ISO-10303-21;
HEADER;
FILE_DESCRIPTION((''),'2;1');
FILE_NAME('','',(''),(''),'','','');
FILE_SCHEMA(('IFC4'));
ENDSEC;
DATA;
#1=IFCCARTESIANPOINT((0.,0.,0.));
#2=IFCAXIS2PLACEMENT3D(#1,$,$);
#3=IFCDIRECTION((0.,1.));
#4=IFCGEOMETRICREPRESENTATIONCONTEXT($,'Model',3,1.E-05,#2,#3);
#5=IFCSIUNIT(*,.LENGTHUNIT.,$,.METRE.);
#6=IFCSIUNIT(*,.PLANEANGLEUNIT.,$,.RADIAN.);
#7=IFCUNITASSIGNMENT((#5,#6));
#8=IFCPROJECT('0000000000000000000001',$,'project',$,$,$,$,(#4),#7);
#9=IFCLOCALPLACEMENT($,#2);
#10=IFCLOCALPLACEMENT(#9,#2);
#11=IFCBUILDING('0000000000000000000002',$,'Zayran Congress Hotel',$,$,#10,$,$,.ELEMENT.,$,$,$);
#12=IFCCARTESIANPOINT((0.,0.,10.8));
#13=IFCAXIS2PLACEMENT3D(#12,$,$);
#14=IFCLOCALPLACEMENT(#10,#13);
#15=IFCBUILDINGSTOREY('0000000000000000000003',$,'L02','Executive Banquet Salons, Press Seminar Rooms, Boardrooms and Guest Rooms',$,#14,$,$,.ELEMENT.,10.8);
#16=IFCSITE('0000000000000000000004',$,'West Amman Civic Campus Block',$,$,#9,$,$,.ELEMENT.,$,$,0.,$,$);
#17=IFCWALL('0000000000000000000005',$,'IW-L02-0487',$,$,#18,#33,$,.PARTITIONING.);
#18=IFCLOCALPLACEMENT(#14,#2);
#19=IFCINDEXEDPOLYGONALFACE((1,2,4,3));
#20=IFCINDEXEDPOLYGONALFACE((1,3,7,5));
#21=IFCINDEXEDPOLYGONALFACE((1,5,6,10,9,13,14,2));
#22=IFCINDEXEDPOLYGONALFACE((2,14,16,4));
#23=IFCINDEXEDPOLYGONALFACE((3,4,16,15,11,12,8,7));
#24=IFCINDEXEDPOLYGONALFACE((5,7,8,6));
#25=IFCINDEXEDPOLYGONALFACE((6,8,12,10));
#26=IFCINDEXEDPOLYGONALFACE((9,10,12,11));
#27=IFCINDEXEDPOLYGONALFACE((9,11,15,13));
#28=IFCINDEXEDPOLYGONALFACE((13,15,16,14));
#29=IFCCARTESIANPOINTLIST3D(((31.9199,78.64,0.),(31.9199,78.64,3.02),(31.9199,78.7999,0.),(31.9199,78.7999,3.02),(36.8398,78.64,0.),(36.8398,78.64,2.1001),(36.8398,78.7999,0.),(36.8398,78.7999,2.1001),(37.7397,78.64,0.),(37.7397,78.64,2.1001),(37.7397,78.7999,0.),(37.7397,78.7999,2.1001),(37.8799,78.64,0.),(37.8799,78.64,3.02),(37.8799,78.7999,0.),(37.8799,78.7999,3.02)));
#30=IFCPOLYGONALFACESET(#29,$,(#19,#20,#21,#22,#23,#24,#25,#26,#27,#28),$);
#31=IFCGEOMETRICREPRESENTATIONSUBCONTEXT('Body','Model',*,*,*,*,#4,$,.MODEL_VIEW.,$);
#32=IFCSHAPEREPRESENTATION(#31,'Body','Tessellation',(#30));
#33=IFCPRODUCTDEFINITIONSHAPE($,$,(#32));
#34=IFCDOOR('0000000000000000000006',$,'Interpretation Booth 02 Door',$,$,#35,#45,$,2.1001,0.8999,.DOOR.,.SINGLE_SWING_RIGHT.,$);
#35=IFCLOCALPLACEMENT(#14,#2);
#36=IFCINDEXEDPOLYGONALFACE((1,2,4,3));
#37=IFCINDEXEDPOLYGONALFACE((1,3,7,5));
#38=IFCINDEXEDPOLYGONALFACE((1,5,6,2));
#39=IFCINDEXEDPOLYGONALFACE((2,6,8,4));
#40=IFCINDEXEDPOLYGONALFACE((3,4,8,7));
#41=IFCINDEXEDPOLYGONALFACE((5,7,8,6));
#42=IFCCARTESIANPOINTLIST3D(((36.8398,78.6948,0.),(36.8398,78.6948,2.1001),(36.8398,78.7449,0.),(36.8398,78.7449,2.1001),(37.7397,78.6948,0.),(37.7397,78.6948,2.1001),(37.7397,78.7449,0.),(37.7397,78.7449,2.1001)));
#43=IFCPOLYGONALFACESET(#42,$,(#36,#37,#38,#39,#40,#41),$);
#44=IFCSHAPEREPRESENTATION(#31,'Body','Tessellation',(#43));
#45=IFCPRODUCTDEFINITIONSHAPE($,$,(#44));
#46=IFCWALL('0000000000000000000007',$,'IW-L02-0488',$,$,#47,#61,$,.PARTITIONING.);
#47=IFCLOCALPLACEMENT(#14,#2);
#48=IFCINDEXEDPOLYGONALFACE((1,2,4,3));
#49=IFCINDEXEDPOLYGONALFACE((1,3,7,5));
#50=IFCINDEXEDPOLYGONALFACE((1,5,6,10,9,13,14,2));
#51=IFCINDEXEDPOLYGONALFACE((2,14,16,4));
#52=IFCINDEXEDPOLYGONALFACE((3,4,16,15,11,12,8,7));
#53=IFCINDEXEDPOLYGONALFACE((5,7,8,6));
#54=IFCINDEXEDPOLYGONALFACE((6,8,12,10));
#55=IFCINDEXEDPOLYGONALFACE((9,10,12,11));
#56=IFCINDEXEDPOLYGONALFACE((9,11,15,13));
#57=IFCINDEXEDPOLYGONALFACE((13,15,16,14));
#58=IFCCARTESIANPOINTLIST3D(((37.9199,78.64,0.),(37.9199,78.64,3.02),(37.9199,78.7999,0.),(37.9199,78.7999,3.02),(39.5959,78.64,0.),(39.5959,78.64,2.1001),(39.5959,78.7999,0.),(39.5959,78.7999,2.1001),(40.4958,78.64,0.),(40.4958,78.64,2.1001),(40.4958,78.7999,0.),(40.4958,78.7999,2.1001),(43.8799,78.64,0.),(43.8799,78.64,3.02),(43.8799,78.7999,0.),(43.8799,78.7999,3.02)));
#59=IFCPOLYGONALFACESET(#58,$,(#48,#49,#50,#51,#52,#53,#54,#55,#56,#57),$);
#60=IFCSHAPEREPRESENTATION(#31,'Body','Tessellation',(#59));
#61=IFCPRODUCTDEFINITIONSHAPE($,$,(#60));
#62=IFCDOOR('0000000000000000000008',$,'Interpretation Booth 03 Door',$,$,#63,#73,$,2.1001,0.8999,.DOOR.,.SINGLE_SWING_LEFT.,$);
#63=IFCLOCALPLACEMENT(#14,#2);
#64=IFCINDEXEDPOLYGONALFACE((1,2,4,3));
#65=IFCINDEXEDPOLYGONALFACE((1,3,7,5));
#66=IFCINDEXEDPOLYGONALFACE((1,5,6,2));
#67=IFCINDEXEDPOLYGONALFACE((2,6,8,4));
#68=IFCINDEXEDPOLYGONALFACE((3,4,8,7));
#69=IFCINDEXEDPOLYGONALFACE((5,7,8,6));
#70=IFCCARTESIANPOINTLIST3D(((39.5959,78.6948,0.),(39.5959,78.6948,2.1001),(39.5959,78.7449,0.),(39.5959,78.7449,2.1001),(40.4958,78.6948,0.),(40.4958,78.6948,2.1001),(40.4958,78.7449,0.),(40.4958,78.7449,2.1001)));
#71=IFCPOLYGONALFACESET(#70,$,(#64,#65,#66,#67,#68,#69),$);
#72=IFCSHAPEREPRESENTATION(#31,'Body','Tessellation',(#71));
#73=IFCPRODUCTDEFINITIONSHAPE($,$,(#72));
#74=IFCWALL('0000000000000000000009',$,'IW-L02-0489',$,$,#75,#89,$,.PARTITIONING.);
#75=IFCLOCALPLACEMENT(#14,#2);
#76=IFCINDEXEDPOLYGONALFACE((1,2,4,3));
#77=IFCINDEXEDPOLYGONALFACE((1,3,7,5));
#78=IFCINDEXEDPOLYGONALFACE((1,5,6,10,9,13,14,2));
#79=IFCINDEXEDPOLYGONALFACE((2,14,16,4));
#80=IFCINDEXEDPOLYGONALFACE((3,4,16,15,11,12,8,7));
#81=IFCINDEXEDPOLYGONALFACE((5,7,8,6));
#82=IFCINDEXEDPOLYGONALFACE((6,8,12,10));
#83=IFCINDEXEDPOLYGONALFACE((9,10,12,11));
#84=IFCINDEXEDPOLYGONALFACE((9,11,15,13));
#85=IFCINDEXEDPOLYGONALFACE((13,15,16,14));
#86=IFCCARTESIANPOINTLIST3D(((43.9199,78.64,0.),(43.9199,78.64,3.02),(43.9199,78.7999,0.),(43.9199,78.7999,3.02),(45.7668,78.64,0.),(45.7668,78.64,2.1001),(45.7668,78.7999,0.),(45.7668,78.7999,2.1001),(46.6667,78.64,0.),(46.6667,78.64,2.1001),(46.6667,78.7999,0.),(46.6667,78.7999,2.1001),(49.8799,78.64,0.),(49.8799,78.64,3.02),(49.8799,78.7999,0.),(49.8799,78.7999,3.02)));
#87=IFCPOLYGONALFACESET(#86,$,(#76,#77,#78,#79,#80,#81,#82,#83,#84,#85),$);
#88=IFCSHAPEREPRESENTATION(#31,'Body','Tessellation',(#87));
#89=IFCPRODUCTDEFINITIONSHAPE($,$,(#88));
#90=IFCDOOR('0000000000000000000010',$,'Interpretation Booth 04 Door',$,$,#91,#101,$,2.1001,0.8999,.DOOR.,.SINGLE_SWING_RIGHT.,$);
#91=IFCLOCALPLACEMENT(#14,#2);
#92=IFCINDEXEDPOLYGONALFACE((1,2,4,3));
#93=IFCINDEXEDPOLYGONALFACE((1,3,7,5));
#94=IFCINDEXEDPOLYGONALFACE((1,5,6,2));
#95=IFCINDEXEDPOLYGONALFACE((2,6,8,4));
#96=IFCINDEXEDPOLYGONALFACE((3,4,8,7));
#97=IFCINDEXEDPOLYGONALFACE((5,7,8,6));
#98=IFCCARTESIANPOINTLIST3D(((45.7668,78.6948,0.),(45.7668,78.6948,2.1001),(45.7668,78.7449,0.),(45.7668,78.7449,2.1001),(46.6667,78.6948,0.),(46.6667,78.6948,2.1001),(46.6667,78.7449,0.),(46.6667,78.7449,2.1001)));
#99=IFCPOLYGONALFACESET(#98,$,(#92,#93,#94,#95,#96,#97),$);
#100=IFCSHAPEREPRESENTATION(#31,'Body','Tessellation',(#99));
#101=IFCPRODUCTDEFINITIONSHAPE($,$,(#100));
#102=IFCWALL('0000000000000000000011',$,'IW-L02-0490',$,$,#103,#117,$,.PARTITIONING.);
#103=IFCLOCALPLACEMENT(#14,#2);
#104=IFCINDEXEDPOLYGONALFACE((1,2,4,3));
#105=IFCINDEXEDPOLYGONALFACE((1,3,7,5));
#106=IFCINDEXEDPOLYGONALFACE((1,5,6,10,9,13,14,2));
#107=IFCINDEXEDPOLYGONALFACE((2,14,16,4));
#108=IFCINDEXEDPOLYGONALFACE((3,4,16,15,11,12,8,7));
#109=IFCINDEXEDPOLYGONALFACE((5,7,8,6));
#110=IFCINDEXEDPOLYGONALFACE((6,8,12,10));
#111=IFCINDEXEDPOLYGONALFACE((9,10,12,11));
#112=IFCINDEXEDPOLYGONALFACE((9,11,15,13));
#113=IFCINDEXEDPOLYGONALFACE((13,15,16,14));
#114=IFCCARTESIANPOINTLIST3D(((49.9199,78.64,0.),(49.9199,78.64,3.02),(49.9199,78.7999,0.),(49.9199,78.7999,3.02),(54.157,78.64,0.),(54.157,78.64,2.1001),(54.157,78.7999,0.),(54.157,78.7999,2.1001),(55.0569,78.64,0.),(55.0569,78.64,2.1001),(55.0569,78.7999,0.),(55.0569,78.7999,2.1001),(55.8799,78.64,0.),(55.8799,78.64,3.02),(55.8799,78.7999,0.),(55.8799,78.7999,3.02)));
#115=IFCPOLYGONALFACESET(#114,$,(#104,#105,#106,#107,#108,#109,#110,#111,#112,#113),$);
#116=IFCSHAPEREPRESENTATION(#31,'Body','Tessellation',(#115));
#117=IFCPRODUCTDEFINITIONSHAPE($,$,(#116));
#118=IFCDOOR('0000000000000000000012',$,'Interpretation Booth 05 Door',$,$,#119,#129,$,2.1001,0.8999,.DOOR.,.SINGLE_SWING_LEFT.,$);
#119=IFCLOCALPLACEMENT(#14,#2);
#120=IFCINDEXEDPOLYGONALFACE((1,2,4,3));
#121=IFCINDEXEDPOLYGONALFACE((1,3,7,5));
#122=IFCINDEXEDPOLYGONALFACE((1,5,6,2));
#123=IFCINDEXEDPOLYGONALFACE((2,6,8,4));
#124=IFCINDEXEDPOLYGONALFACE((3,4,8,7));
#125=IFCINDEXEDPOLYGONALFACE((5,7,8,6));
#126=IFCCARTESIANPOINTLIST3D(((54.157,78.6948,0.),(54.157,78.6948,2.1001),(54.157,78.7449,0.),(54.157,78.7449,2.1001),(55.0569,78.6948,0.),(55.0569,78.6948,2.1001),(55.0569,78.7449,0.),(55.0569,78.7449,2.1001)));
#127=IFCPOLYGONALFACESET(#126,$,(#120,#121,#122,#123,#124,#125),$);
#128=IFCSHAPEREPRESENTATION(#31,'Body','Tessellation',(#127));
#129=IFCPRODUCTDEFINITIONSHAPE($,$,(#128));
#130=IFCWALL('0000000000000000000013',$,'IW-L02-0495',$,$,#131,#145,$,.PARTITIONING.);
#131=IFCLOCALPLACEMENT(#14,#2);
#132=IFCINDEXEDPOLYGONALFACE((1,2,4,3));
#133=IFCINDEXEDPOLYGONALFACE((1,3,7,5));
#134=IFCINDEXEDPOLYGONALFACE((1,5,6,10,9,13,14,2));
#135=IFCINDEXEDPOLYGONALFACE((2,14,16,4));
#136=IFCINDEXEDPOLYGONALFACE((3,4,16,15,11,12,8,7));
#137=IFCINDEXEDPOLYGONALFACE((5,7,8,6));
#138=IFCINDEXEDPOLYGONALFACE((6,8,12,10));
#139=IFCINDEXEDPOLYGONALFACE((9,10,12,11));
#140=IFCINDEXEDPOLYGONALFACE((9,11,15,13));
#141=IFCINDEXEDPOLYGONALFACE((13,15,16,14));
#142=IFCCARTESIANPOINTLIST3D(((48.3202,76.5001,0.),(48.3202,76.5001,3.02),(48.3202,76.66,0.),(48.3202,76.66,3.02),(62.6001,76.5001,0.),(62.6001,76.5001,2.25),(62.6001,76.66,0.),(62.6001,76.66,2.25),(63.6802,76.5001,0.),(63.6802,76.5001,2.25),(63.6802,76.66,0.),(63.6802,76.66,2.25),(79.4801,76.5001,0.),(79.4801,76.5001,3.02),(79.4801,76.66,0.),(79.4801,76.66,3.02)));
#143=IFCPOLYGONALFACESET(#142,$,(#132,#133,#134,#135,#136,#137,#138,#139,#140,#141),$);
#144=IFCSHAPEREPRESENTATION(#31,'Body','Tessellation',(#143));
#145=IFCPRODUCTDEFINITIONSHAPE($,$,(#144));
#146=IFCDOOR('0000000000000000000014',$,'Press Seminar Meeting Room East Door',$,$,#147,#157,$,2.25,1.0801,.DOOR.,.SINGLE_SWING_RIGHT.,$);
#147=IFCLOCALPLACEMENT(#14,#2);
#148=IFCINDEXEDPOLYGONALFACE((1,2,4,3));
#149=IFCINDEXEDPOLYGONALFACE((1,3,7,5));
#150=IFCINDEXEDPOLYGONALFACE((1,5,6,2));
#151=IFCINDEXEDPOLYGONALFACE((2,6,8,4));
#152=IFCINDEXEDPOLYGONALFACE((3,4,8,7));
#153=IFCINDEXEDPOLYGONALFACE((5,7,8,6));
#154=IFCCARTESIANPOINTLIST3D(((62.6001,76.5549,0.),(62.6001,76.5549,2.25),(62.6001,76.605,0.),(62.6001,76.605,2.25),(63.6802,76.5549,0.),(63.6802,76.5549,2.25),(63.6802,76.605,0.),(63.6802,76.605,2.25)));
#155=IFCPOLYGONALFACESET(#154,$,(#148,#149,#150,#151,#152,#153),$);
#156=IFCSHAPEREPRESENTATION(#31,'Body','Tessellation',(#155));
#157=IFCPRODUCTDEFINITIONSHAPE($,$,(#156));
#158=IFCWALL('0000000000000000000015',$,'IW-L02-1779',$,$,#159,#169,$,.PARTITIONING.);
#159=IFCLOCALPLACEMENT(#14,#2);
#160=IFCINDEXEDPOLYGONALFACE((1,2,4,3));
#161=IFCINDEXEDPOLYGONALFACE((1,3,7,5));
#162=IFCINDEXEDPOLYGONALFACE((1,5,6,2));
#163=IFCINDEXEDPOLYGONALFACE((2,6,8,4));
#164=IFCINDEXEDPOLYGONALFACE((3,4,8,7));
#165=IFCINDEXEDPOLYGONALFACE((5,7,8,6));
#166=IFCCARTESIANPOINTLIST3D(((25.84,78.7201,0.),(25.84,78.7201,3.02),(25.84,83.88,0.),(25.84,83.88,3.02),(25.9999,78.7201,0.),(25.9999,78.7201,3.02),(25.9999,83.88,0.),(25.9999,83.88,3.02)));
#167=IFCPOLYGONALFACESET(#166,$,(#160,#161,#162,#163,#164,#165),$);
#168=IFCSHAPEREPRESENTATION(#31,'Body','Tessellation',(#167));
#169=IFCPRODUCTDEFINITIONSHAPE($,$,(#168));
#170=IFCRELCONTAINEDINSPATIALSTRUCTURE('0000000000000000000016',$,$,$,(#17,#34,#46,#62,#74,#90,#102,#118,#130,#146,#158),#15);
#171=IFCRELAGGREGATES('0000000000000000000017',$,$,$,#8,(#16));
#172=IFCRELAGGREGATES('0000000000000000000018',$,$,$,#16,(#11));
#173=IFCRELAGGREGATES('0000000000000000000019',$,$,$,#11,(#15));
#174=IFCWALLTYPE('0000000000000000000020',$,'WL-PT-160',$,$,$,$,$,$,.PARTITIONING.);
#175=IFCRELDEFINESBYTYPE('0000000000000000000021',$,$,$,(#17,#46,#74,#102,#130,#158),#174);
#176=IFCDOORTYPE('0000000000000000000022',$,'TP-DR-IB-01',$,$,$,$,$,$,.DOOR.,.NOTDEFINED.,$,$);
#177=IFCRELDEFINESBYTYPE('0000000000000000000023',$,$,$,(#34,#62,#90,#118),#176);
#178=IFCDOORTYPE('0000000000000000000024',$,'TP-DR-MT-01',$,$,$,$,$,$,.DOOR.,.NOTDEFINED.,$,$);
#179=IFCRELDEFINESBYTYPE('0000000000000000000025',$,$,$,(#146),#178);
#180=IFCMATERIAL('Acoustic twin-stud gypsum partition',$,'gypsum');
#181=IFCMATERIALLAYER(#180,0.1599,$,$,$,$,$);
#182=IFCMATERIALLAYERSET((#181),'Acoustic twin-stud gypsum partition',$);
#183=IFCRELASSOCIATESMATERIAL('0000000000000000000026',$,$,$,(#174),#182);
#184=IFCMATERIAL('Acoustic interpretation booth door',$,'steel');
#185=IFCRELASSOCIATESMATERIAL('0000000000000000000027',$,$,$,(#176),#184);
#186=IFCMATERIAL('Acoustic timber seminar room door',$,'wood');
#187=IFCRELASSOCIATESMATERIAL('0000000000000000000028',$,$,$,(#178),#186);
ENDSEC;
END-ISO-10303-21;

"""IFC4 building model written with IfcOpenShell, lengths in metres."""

from ifc_helpers import new_model, si_unit, direction, frame, frame_2d, origin, place, context, subcontext, project, spatial, rectangle, extrude, material, layer, layer_set, type_object, element, fill, save


model = new_model("IFC4")

# Units and contexts
model_context = context("Model", 3, precision=1e-05, world=origin(), true_north=direction((0.0, 1.0)))
body_context = subcontext(model_context, "Body", "Model", "MODEL_VIEW")
ifc_project = project(units=[si_unit("LENGTHUNIT", "METRE"), si_unit("PLANEANGLEUNIT", "RADIAN")], contexts=[model_context])

# Site, building, storey
site_placement = place(None, origin())
site = spatial("IfcSite", under=ifc_project, at=site_placement, Name="West Amman Civic Campus Block", CompositionType="ELEMENT", RefElevation=0.0)
building_placement = place(site_placement, origin())
building = spatial("IfcBuilding", under=site, at=building_placement, Name="Zayran Congress Hotel", CompositionType="ELEMENT")
storey_placement = place(building_placement, frame((0.0, 0.0, 10.8)))
storey = spatial("IfcBuildingStorey", under=building, at=storey_placement, Name="L02", Description="Executive Banquet Salons, Press Seminar Rooms, Boardrooms and Guest Rooms", CompositionType="ELEMENT", Elevation=10.8)

# Walls, openings, doors
ifc_material_1 = material(Name="Acoustic twin-stud gypsum partition", Category="gypsum")
ifc_layer = layer(ifc_material_1, 0.1599)
ifc_layer_set = layer_set([ifc_layer], Name="Acoustic twin-stud gypsum partition")
wall_type = type_object("IfcWallType", Name="WL-PT-160", PredefinedType="PARTITIONING", material=ifc_layer_set)
ifc_material_2 = material(Name="Acoustic interpretation booth door", Category="steel")
door_type_1 = type_object("IfcDoorType", Name="TP-DR-IB-01", OperationType="NOTDEFINED", PredefinedType="DOOR", material=ifc_material_2)
wall_1_placement = place(storey_placement, frame((31.9199, 78.72, 0.0), z_axis=(0.0, 0.0, 1.0), x_axis=(1.0, 0.0, 0.0)))
wall_1 = element("IfcWall", 1, at=wall_1_placement, inside=storey, type_object=wall_type, Name="IW-L02-0487", PredefinedType="PARTITIONING", context=body_context, shape_type="SweptSolid", body=[
    extrude(rectangle(XDim=5.96, YDim=0.1599, at=frame_2d((2.98, 0.0))), origin(), (0.0, 0.0, 1.0), 3.02),
])
opening_1_placement = place(wall_1_placement, frame((4.9199, 0.0, 0.0)))
opening_1 = element("IfcOpeningElement", 2, at=opening_1_placement, cuts=wall_1, PredefinedType="OPENING", context=body_context, shape_type="SweptSolid", body=[
    extrude(rectangle(XDim=0.8999, YDim=2.1001, at=frame_2d((0.45, 1.05))), frame((0.0, 0.0898, 0.0), z_axis=(0.0, -1.0, 0.0), x_axis=(1.0, 0.0, 0.0)), (0.0, 0.0, 1.0), 0.1799),
])
door_1_placement = place(opening_1_placement, origin())
door_1 = element("IfcDoor", 3, at=door_1_placement, inside=storey, type_object=door_type_1, Name="Interpretation Booth 02 Door", OperationType="SINGLE_SWING_RIGHT", OverallHeight=2.1001, OverallWidth=0.8999, PredefinedType="DOOR", context=body_context, shape_type="SweptSolid", body=[
    extrude(rectangle(XDim=0.8999, YDim=2.1001, at=frame_2d((0.45, 1.05))), frame((0.0, 0.0249, 0.0), z_axis=(0.0, -1.0, 0.0), x_axis=(1.0, 0.0, 0.0)), (0.0, 0.0, 1.0), 0.05),
])
fill(opening_1, door_1)
wall_2_placement = place(storey_placement, frame((37.9199, 78.72, 0.0), z_axis=(0.0, 0.0, 1.0), x_axis=(1.0, 0.0, 0.0)))
wall_2 = element("IfcWall", 4, at=wall_2_placement, inside=storey, type_object=wall_type, Name="IW-L02-0488", PredefinedType="PARTITIONING", context=body_context, shape_type="SweptSolid", body=[
    extrude(rectangle(XDim=5.96, YDim=0.1599, at=frame_2d((2.98, 0.0))), origin(), (0.0, 0.0, 1.0), 3.02),
])
opening_2_placement = place(wall_2_placement, frame((1.676, 0.0, 0.0)))
opening_2 = element("IfcOpeningElement", 5, at=opening_2_placement, cuts=wall_2, PredefinedType="OPENING", context=body_context, shape_type="SweptSolid", body=[
    extrude(rectangle(XDim=0.8999, YDim=2.1001, at=frame_2d((0.45, 1.05))), frame((0.0, 0.0898, 0.0), z_axis=(0.0, -1.0, 0.0), x_axis=(1.0, 0.0, 0.0)), (0.0, 0.0, 1.0), 0.1799),
])
door_2_placement = place(opening_2_placement, origin())
door_2 = element("IfcDoor", 6, at=door_2_placement, inside=storey, type_object=door_type_1, Name="Interpretation Booth 03 Door", OperationType="SINGLE_SWING_LEFT", OverallHeight=2.1001, OverallWidth=0.8999, PredefinedType="DOOR", context=body_context, shape_type="SweptSolid", body=[
    extrude(rectangle(XDim=0.8999, YDim=2.1001, at=frame_2d((0.45, 1.05))), frame((0.0, 0.0249, 0.0), z_axis=(0.0, -1.0, 0.0), x_axis=(1.0, 0.0, 0.0)), (0.0, 0.0, 1.0), 0.05),
])
fill(opening_2, door_2)
wall_3_placement = place(storey_placement, frame((43.9199, 78.72, 0.0), z_axis=(0.0, 0.0, 1.0), x_axis=(1.0, 0.0, 0.0)))
wall_3 = element("IfcWall", 7, at=wall_3_placement, inside=storey, type_object=wall_type, Name="IW-L02-0489", PredefinedType="PARTITIONING", context=body_context, shape_type="SweptSolid", body=[
    extrude(rectangle(XDim=5.96, YDim=0.1599, at=frame_2d((2.98, 0.0))), origin(), (0.0, 0.0, 1.0), 3.02),
])
opening_3_placement = place(wall_3_placement, frame((1.8469, 0.0, 0.0)))
opening_3 = element("IfcOpeningElement", 8, at=opening_3_placement, cuts=wall_3, PredefinedType="OPENING", context=body_context, shape_type="SweptSolid", body=[
    extrude(rectangle(XDim=0.8999, YDim=2.1001, at=frame_2d((0.45, 1.05))), frame((0.0, 0.0898, 0.0), z_axis=(0.0, -1.0, 0.0), x_axis=(1.0, 0.0, 0.0)), (0.0, 0.0, 1.0), 0.1799),
])
door_3_placement = place(opening_3_placement, origin())
door_3 = element("IfcDoor", 9, at=door_3_placement, inside=storey, type_object=door_type_1, Name="Interpretation Booth 04 Door", OperationType="SINGLE_SWING_RIGHT", OverallHeight=2.1001, OverallWidth=0.8999, PredefinedType="DOOR", context=body_context, shape_type="SweptSolid", body=[
    extrude(rectangle(XDim=0.8999, YDim=2.1001, at=frame_2d((0.45, 1.05))), frame((0.0, 0.0249, 0.0), z_axis=(0.0, -1.0, 0.0), x_axis=(1.0, 0.0, 0.0)), (0.0, 0.0, 1.0), 0.05),
])
fill(opening_3, door_3)
wall_4_placement = place(storey_placement, frame((49.9199, 78.72, 0.0), z_axis=(0.0, 0.0, 1.0), x_axis=(1.0, 0.0, 0.0)))
wall_4 = element("IfcWall", 10, at=wall_4_placement, inside=storey, type_object=wall_type, Name="IW-L02-0490", PredefinedType="PARTITIONING", context=body_context, shape_type="SweptSolid", body=[
    extrude(rectangle(XDim=5.96, YDim=0.1599, at=frame_2d((2.98, 0.0))), origin(), (0.0, 0.0, 1.0), 3.02),
])
opening_4_placement = place(wall_4_placement, frame((4.2371, 0.0, 0.0)))
opening_4 = element("IfcOpeningElement", 11, at=opening_4_placement, cuts=wall_4, PredefinedType="OPENING", context=body_context, shape_type="SweptSolid", body=[
    extrude(rectangle(XDim=0.8999, YDim=2.1001, at=frame_2d((0.45, 1.05))), frame((0.0, 0.0898, 0.0), z_axis=(0.0, -1.0, 0.0), x_axis=(1.0, 0.0, 0.0)), (0.0, 0.0, 1.0), 0.1799),
])
door_4_placement = place(opening_4_placement, origin())
door_4 = element("IfcDoor", 12, at=door_4_placement, inside=storey, type_object=door_type_1, Name="Interpretation Booth 05 Door", OperationType="SINGLE_SWING_LEFT", OverallHeight=2.1001, OverallWidth=0.8999, PredefinedType="DOOR", context=body_context, shape_type="SweptSolid", body=[
    extrude(rectangle(XDim=0.8999, YDim=2.1001, at=frame_2d((0.45, 1.05))), frame((0.0, 0.0249, 0.0), z_axis=(0.0, -1.0, 0.0), x_axis=(1.0, 0.0, 0.0)), (0.0, 0.0, 1.0), 0.05),
])
fill(opening_4, door_4)
wall_5_placement = place(storey_placement, frame((48.3201, 76.5801, 0.0), z_axis=(0.0, 0.0, 1.0), x_axis=(1.0, 0.0, 0.0)))
wall_5 = element("IfcWall", 13, at=wall_5_placement, inside=storey, type_object=wall_type, Name="IW-L02-0495", PredefinedType="PARTITIONING", context=body_context, shape_type="SweptSolid", body=[
    extrude(rectangle(XDim=31.1599, YDim=0.1599, at=frame_2d((15.5801, 0.0))), origin(), (0.0, 0.0, 1.0), 3.02),
])
opening_5_placement = place(wall_5_placement, frame((14.28, 0.0, 0.0)))
opening_5 = element("IfcOpeningElement", 14, at=opening_5_placement, cuts=wall_5, PredefinedType="OPENING", context=body_context, shape_type="SweptSolid", body=[
    extrude(rectangle(XDim=1.0801, YDim=2.25, at=frame_2d((0.54, 1.125))), frame((0.0, 0.0898, 0.0), z_axis=(0.0, -1.0, 0.0), x_axis=(1.0, 0.0, 0.0)), (0.0, 0.0, 1.0), 0.1799),
])
ifc_material_3 = material(Name="Acoustic timber seminar room door", Category="wood")
door_type_2 = type_object("IfcDoorType", Name="TP-DR-MT-01", OperationType="NOTDEFINED", PredefinedType="DOOR", material=ifc_material_3)
door_5_placement = place(opening_5_placement, origin())
door_5 = element("IfcDoor", 15, at=door_5_placement, inside=storey, type_object=door_type_2, Name="Press Seminar Meeting Room East Door", OperationType="SINGLE_SWING_RIGHT", OverallHeight=2.25, OverallWidth=1.0801, PredefinedType="DOOR", context=body_context, shape_type="SweptSolid", body=[
    extrude(rectangle(XDim=1.0801, YDim=2.25, at=frame_2d((0.54, 1.125))), frame((0.0, 0.0249, 0.0), z_axis=(0.0, -1.0, 0.0), x_axis=(1.0, 0.0, 0.0)), (0.0, 0.0, 1.0), 0.05),
])
fill(opening_5, door_5)

# Wall
for number, where, z_axis, x_axis, name in (
    (16, (25.9199, 78.72, 0.0), (0.0, 0.0, 1.0), (0.0, 1.0, 0.0), "IW-L02-1779"),
):
    element("IfcWall", number, at=place(storey_placement, frame(where, z_axis=z_axis, x_axis=x_axis)), inside=storey, type_object=wall_type, Name=name, PredefinedType="PARTITIONING", context=body_context, shape_type="SweptSolid", body=[
        extrude(rectangle(XDim=5.1599, YDim=0.1599, at=frame_2d((2.5801, 0.0))), origin(), (0.0, 0.0, 1.0), 3.02),
    ])

save(model, "model.ifc")
